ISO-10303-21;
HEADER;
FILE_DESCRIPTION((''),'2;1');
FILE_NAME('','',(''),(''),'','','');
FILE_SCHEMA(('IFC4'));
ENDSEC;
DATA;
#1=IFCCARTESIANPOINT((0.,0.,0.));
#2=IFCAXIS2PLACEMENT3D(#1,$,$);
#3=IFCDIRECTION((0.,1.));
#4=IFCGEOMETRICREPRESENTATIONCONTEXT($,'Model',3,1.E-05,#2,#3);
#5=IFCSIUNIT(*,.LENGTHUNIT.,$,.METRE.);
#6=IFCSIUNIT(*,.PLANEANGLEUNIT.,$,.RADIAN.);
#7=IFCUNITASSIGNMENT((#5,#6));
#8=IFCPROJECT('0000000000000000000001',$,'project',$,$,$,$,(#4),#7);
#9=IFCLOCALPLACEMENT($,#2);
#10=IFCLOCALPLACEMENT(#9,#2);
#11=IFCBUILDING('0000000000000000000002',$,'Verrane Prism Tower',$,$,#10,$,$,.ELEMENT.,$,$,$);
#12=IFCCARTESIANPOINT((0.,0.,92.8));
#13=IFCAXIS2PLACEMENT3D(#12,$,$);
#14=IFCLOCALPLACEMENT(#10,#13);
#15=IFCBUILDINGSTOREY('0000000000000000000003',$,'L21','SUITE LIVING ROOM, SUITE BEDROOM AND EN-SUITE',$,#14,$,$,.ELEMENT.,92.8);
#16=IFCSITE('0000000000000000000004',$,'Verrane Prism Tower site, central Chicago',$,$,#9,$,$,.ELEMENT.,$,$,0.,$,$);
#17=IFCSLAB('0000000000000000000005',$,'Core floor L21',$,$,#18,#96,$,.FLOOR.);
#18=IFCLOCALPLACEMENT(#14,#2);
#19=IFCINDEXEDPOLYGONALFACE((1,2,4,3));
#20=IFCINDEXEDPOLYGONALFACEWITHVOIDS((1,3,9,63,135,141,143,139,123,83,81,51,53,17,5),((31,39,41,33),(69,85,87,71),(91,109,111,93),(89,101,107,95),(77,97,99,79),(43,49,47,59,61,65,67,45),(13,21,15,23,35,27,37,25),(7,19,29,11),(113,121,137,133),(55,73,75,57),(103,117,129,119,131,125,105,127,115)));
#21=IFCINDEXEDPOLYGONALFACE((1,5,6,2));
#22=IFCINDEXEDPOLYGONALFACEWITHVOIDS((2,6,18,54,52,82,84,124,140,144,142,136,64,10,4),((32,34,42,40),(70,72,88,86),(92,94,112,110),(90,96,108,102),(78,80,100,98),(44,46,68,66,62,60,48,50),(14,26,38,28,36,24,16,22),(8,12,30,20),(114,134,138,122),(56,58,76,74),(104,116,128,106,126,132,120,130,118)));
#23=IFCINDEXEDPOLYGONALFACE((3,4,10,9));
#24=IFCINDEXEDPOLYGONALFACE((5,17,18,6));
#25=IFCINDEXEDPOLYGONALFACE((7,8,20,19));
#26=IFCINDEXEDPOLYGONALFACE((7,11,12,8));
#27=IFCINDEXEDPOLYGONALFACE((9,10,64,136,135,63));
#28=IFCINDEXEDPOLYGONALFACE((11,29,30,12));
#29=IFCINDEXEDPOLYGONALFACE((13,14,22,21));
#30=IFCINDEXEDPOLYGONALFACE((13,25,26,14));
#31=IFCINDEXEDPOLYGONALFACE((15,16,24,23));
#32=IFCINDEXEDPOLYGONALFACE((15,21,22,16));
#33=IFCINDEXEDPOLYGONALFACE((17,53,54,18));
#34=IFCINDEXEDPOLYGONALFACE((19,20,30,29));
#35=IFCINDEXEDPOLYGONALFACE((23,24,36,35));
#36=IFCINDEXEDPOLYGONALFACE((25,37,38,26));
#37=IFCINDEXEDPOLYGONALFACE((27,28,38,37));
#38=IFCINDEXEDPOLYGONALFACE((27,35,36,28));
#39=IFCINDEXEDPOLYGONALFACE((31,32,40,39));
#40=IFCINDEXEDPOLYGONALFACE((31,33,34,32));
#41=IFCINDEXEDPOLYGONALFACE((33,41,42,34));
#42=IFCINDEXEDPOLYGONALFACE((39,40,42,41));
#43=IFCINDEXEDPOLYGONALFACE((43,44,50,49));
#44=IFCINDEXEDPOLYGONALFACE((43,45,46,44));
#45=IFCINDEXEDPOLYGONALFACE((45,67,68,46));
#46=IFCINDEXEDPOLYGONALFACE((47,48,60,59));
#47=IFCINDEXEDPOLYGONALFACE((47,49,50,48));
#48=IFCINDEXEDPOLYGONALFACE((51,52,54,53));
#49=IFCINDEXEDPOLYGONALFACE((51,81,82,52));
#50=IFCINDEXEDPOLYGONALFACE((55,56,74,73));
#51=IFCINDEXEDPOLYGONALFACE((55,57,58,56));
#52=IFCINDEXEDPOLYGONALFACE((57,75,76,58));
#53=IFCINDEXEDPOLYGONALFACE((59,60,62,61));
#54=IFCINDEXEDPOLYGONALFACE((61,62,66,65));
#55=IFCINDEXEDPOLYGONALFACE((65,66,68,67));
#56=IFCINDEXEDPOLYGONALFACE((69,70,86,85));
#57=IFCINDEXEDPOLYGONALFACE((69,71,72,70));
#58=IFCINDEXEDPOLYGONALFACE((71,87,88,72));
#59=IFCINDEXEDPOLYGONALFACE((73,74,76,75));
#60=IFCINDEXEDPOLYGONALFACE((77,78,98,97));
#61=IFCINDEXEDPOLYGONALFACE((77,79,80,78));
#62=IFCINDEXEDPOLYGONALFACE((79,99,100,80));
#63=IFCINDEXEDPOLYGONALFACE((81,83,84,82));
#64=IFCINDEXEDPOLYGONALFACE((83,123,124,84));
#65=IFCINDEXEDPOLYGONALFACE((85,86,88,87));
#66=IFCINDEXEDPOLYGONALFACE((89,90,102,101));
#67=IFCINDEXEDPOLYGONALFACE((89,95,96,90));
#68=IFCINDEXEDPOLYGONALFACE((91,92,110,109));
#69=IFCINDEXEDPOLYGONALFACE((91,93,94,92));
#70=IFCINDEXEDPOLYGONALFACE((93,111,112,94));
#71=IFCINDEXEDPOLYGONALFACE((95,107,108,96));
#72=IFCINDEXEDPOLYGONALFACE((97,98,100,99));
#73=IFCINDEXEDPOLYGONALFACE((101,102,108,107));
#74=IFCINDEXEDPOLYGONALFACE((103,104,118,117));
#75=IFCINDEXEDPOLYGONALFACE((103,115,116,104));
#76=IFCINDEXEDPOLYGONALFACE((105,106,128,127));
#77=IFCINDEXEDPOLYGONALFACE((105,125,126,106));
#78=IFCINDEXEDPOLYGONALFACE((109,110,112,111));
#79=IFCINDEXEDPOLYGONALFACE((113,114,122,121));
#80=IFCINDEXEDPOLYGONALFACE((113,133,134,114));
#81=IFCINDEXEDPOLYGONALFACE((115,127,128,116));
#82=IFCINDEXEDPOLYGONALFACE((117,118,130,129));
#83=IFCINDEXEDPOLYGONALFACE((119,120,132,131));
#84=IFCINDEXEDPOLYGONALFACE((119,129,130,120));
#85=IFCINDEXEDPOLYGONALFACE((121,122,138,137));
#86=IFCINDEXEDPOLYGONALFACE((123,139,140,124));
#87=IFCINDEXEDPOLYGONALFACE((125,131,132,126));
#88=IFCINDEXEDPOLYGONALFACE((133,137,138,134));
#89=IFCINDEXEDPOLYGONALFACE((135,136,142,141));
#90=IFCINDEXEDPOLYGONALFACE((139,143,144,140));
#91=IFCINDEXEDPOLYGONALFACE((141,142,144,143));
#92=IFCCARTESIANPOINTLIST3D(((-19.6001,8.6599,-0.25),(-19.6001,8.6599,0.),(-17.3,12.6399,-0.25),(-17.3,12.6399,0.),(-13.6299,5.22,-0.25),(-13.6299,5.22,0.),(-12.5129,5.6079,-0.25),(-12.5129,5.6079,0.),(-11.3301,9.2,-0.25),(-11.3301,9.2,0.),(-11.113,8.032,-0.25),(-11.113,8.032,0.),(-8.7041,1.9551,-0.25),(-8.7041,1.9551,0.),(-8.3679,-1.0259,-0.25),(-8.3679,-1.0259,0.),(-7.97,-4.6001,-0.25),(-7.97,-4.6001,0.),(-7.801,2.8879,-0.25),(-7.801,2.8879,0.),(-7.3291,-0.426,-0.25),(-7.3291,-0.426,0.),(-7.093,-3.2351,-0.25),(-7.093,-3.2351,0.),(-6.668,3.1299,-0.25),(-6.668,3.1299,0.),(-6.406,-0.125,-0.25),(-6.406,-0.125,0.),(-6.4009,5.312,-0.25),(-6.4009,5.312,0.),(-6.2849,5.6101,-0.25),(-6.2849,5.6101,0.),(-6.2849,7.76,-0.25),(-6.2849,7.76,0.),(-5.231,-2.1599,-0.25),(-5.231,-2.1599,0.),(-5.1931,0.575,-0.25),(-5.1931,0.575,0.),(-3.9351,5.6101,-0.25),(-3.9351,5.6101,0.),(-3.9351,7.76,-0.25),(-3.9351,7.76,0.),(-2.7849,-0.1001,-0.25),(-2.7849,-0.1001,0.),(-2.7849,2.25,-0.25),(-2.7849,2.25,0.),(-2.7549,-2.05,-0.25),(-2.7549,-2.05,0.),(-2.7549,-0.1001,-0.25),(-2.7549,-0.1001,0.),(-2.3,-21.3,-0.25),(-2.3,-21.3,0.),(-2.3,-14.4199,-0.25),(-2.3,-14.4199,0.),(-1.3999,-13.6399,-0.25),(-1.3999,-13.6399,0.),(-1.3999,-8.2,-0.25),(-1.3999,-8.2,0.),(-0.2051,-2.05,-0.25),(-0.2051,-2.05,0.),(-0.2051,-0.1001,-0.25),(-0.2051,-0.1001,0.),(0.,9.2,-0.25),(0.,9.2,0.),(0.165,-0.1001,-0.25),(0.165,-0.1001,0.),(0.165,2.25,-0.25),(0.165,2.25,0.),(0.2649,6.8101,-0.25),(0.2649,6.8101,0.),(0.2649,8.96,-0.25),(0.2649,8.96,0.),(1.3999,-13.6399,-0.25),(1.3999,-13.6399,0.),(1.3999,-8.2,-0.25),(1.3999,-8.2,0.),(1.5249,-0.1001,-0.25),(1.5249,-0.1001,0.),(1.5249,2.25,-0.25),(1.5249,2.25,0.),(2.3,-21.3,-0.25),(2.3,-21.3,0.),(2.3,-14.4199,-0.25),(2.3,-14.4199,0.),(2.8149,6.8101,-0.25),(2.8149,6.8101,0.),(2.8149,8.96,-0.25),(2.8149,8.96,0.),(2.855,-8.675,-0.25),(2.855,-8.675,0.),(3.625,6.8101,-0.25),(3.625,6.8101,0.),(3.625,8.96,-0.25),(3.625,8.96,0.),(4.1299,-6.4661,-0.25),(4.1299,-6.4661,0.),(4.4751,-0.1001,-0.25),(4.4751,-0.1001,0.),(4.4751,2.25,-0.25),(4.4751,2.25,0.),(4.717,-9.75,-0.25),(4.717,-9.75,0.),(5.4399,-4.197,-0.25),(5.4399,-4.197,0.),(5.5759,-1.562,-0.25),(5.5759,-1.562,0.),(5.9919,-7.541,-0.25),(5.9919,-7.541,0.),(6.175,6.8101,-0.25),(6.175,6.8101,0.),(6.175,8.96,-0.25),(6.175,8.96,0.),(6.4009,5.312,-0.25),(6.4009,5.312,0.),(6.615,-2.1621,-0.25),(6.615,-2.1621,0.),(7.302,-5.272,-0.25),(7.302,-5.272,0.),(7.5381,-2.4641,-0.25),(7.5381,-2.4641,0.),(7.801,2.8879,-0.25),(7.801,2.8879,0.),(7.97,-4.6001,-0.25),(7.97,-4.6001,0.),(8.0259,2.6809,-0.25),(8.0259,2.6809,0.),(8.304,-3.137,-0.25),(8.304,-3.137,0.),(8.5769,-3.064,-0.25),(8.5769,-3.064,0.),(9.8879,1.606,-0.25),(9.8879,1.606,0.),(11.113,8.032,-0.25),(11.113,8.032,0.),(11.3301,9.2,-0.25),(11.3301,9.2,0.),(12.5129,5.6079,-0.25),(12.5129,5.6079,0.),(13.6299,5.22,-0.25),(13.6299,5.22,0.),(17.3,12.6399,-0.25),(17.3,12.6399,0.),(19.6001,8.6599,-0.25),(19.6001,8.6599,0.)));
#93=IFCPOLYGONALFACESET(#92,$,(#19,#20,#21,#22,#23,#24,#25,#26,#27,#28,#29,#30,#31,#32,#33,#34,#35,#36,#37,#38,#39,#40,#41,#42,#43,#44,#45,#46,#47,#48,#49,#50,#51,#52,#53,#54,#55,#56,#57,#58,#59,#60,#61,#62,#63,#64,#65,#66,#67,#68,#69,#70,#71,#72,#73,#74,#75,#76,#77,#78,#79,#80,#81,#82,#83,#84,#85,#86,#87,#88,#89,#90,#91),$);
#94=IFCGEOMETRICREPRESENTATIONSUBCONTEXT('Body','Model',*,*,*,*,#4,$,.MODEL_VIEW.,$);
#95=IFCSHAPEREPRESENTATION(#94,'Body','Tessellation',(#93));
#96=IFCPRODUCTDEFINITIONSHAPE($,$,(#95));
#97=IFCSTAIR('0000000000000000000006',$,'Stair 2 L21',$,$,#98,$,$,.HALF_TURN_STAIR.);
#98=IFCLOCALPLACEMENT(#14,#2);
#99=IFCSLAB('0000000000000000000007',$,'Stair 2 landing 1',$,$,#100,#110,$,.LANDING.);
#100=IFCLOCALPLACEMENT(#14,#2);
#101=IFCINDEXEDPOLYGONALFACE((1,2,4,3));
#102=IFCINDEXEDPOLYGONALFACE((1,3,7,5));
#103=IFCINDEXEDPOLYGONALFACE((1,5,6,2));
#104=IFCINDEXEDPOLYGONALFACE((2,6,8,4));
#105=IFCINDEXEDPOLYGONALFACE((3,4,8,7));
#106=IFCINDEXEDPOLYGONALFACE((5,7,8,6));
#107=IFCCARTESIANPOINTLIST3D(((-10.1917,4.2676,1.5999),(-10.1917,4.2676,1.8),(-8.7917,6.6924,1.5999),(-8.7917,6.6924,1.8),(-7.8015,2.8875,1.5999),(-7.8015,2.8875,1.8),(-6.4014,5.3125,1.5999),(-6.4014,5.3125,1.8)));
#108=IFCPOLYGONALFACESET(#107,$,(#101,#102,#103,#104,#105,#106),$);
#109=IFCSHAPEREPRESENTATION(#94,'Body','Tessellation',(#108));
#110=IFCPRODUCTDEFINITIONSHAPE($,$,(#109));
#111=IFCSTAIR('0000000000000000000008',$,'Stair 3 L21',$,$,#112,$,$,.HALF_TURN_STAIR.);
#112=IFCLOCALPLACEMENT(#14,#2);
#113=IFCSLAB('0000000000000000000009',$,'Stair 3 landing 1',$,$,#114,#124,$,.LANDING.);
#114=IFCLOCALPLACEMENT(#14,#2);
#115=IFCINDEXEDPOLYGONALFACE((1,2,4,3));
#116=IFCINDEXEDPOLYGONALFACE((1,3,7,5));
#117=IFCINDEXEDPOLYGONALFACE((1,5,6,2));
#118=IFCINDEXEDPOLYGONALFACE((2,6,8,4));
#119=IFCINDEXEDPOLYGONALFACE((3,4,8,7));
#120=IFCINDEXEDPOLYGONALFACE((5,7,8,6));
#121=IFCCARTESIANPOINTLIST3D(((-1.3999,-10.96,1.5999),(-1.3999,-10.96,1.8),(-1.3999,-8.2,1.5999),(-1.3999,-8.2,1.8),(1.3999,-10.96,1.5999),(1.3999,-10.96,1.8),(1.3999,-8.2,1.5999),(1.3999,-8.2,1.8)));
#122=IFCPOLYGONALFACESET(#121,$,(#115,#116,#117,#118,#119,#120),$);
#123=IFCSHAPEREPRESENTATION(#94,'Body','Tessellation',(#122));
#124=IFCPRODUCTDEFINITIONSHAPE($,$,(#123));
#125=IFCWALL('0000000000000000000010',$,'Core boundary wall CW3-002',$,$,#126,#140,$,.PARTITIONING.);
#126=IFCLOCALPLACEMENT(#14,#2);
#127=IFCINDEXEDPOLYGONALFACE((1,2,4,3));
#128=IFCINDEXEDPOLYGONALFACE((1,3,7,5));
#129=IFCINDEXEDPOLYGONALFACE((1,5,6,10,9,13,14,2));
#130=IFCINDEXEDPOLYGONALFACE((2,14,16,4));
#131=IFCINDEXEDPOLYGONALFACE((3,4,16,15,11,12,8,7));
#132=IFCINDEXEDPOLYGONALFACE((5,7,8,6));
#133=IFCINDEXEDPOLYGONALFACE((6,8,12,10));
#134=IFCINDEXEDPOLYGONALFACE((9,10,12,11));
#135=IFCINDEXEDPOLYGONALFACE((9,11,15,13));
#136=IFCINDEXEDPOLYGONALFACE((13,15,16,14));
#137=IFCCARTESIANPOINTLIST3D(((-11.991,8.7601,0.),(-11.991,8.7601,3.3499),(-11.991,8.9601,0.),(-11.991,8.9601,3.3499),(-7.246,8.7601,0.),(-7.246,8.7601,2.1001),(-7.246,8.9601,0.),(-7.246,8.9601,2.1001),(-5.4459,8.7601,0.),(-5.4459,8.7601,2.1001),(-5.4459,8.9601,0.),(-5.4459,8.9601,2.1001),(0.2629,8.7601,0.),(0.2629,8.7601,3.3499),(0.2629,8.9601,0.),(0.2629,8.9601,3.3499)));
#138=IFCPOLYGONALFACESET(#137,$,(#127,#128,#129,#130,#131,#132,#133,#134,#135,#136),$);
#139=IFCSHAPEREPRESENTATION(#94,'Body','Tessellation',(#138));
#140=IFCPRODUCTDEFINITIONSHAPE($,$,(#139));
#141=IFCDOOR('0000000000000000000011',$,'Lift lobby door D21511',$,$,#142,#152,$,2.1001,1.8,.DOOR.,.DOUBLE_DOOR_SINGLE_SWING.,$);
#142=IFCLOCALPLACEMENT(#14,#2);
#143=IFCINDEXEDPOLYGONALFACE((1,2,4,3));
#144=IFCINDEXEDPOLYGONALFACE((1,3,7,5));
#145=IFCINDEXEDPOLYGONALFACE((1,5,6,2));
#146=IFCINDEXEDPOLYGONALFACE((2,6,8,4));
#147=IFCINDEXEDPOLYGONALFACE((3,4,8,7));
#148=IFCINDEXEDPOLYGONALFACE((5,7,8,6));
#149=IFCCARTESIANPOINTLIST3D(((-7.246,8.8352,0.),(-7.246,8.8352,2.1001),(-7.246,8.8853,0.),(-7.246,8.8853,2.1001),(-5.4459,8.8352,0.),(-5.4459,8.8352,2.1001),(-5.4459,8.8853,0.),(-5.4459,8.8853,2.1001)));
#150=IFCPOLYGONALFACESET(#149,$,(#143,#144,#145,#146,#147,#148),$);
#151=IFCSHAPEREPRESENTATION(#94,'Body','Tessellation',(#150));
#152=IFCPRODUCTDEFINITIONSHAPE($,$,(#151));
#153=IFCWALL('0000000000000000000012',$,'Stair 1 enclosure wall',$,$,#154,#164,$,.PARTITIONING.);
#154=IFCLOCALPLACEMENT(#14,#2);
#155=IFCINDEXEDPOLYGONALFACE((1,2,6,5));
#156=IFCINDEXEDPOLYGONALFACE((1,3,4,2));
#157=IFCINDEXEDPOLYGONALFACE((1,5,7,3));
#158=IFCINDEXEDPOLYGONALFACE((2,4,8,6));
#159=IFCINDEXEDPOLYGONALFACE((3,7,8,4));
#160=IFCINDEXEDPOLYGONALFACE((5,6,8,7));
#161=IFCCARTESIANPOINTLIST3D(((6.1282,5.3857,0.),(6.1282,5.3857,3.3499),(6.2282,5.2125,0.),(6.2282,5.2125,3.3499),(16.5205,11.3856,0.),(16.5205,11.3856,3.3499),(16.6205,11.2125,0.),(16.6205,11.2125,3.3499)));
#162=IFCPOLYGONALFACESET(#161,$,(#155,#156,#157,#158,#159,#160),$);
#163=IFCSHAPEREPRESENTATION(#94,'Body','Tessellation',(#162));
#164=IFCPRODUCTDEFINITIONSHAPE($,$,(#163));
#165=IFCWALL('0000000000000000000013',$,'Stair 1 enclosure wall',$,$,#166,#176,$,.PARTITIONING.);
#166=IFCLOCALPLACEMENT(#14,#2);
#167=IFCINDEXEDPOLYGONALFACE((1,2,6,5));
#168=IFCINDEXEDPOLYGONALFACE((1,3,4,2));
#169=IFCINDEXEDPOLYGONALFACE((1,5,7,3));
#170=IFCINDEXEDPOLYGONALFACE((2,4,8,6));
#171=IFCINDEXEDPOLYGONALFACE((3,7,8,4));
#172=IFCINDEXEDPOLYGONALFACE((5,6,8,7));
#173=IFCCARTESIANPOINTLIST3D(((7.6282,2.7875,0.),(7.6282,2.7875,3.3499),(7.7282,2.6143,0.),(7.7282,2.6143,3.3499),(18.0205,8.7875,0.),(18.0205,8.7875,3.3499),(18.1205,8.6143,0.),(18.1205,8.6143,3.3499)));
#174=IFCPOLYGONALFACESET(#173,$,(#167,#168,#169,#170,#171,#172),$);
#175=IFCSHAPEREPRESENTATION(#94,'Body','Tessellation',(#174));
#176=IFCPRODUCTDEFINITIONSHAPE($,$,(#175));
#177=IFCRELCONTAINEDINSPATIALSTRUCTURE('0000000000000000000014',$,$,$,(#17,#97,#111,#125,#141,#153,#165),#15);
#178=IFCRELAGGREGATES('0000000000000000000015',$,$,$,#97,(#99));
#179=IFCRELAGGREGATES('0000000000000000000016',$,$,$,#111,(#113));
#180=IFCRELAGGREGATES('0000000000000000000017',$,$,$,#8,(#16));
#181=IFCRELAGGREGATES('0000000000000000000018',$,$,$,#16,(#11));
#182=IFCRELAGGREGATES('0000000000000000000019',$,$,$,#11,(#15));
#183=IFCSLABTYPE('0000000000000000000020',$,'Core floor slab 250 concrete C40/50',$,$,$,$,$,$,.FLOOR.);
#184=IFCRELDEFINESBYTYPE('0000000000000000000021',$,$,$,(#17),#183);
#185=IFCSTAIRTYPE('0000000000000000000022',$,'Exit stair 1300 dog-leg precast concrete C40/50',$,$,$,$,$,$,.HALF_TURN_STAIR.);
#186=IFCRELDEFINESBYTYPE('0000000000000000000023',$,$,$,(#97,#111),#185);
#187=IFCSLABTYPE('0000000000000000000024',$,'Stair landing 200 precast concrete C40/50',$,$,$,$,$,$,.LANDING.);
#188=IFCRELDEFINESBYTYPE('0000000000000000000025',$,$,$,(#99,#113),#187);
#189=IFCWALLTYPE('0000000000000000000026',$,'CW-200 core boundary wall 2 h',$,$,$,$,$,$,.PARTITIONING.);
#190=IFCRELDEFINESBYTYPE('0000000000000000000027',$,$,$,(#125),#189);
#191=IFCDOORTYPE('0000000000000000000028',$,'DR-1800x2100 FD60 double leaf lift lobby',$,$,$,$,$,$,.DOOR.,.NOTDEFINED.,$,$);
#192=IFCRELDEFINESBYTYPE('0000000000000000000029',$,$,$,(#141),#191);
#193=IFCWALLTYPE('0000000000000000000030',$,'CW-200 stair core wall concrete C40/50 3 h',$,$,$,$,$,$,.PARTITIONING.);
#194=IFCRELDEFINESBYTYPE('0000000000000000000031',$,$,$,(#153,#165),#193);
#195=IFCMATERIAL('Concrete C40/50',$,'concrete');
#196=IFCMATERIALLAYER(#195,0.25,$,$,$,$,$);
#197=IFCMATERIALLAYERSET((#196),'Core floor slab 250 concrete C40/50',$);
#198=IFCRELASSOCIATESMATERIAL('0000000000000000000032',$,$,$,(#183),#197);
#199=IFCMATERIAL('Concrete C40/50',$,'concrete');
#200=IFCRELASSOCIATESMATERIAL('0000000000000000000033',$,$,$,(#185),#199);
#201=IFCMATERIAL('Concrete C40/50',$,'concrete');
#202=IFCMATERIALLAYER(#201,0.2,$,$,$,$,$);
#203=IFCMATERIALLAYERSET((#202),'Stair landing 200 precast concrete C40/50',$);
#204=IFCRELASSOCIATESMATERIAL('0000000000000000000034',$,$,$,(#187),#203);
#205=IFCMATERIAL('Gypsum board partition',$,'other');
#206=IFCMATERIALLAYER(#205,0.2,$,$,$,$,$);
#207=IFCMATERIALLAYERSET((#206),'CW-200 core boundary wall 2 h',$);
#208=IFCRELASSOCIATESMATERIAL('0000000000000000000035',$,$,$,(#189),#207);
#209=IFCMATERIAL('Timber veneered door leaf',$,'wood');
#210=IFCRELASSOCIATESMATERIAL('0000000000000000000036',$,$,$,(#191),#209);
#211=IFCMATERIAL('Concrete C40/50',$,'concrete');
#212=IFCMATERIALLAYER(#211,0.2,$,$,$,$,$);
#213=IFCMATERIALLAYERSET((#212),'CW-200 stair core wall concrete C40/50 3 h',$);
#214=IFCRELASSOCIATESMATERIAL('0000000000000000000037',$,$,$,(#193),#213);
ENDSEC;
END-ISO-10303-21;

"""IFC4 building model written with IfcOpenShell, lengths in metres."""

from ifc_helpers import new_model, si_unit, direction, frame, frame_2d, origin, place, context, subcontext, project, spatial, polyline, rectangle, outline, extrude, material, layer, layer_set, type_object, element, fill, aggregate, save


model = new_model("IFC4")

# Units and contexts
model_context = context("Model", 3, precision=1e-05, world=origin(), true_north=direction((0.0, 1.0)))
body_context = subcontext(model_context, "Body", "Model", "MODEL_VIEW")
ifc_project = project(units=[si_unit("LENGTHUNIT", "METRE"), si_unit("PLANEANGLEUNIT", "RADIAN")], contexts=[model_context])

# Site, building, storey
site_placement = place(None, origin())
site = spatial("IfcSite", under=ifc_project, at=site_placement, Name="Verrane Prism Tower site, central Chicago", CompositionType="ELEMENT", RefElevation=0.0)
building_placement = place(site_placement, origin())
building = spatial("IfcBuilding", under=site, at=building_placement, Name="Verrane Prism Tower", CompositionType="ELEMENT")
storey_placement = place(building_placement, frame((0.0, 0.0, 92.8)))
storey = spatial("IfcBuildingStorey", under=building, at=storey_placement, Name="L21", Description="SUITE LIVING ROOM, SUITE BEDROOM AND EN-SUITE", CompositionType="ELEMENT", Elevation=92.8)

# Slab
ifc_material_1 = material(Name="Concrete C40/50", Category="concrete")
ifc_layer_1 = layer(ifc_material_1, 0.25)
ifc_layer_set_1 = layer_set([ifc_layer_1], Name="Core floor slab 250 concrete C40/50")
slab_type_1 = type_object("IfcSlabType", Name="Core floor slab 250 concrete C40/50", PredefinedType="FLOOR", material=ifc_layer_set_1)
slab_1_placement = place(storey_placement, frame((0.0, 0.0, -0.25)))
element("IfcSlab", 1, at=slab_1_placement, inside=storey, type_object=slab_type_1, Name="Core floor L21", PredefinedType="FLOOR", context=body_context, shape_type="SweptSolid", body=[
    extrude(outline(polyline([(13.6299, 5.22), (19.6001, 8.6599), (17.3, 12.6399), (11.3301, 9.2), (0.0, 9.2), (-11.3301, 9.2), (-17.3, 12.6399), (-19.6001, 8.6599), (-13.6299, 5.22), (-7.97, -4.6001), (-2.3, -14.4199), (-2.3, -21.3), (2.3, -21.3), (2.3, -14.4199), (7.97, -4.6001), (13.6299, 5.22)]), holes=[polyline([(1.3999, -8.2), (1.3999, -13.6399), (-1.3999, -13.6399), (-1.3999, -8.2), (1.3999, -8.2)]), polyline([(0.165, 2.25), (0.165, -0.1001), (-0.2051, -0.1001), (-0.2051, -2.05), (-2.7549, -2.05), (-2.7549, -0.1001), (-2.7849, -0.1001), (-2.7849, 2.25), (0.165, 2.25)]), polyline([(-7.801, 2.8879), (-12.5129, 5.6079), (-11.113, 8.032), (-6.4009, 5.312), (-7.801, 2.8879)]), polyline([(-6.2849, 5.6101), (-6.2849, 7.76), (-3.9351, 7.76), (-3.9351, 5.6101), (-6.2849, 5.6101)]), polyline([(2.8149, 6.8101), (0.2649, 6.8101), (0.2649, 8.96), (2.8149, 8.96), (2.8149, 6.8101)]), polyline([(4.717, -9.75), (2.855, -8.675), (4.1299, -6.4661), (5.9919, -7.541), (4.717, -9.75)]), polyline([(8.304, -3.137), (5.5759, -1.562), (8.0259, 2.6809), (9.8879, 1.606), (7.5381, -2.4641), (8.5769, -3.064), (7.302, -5.272), (5.4399, -4.197), (6.615, -2.1621), (8.304, -3.137)]), polyline([(1.5249, -0.1001), (1.5249, 2.25), (4.4751, 2.25), (4.4751, -0.1001), (1.5249, -0.1001)]), polyline([(11.113, 8.032), (12.5129, 5.6079), (7.801, 2.8879), (6.4009, 5.312), (11.113, 8.032)]), polyline([(3.625, 6.8101), (3.625, 8.96), (6.175, 8.96), (6.175, 6.8101), (3.625, 6.8101)]), polyline([(-5.231, -2.1599), (-7.093, -3.2351), (-8.3679, -1.0259), (-7.3291, -0.426), (-8.7041, 1.9551), (-6.668, 3.1299), (-5.1931, 0.575), (-6.406, -0.125), (-5.231, -2.1599)])]), origin(), (0.0, 0.0, 1.0), 0.25),
])

# Stairs, slabs
ifc_material_2 = material(Name="Concrete C40/50", Category="concrete")
stair_type = type_object("IfcStairType", Name="Exit stair 1300 dog-leg precast concrete C40/50", PredefinedType="HALF_TURN_STAIR", material=ifc_material_2)
stair_1_placement = place(storey_placement, origin())
stair_1 = element("IfcStair", 2, at=stair_1_placement, inside=storey, type_object=stair_type, Name="Stair 2 L21", PredefinedType="HALF_TURN_STAIR")
ifc_material_3 = material(Name="Concrete C40/50", Category="concrete")
ifc_layer_2 = layer(ifc_material_3, 0.2)
ifc_layer_set_2 = layer_set([ifc_layer_2], Name="Stair landing 200 precast concrete C40/50")
slab_type_2 = type_object("IfcSlabType", Name="Stair landing 200 precast concrete C40/50", PredefinedType="LANDING", material=ifc_layer_set_2)
slab_2_placement = place(storey_placement, frame((0.0, 0.0, 1.5999)))
slab_2 = element("IfcSlab", 3, at=slab_2_placement, type_object=slab_type_2, Name="Stair 2 landing 1", PredefinedType="LANDING", context=body_context, shape_type="SweptSolid", body=[
    extrude(outline(polyline([(-10.1917, 4.2676), (-7.8015, 2.8875), (-6.4014, 5.3125), (-8.7917, 6.6924), (-10.1917, 4.2676)])), origin(), (0.0, 0.0, 1.0), 0.2002),
])
aggregate(stair_1, [slab_2])
stair_2_placement = place(storey_placement, origin())
stair_2 = element("IfcStair", 4, at=stair_2_placement, inside=storey, type_object=stair_type, Name="Stair 3 L21", PredefinedType="HALF_TURN_STAIR")
slab_3_placement = place(storey_placement, frame((0.0, 0.0, 1.5999)))
slab_3 = element("IfcSlab", 5, at=slab_3_placement, type_object=slab_type_2, Name="Stair 3 landing 1", PredefinedType="LANDING", context=body_context, shape_type="SweptSolid", body=[
    extrude(outline(polyline([(1.3999, -10.96), (1.3999, -8.2), (-1.3999, -8.2), (-1.3999, -10.96), (1.3999, -10.96)])), origin(), (0.0, 0.0, 1.0), 0.2002),
])
aggregate(stair_2, [slab_3])

# Wall, opening, door
ifc_material_4 = material(Name="Gypsum board partition", Category="other")
ifc_layer_3 = layer(ifc_material_4, 0.2)
ifc_layer_set_3 = layer_set([ifc_layer_3], Name="CW-200 core boundary wall 2 h")
wall_type_1 = type_object("IfcWallType", Name="CW-200 core boundary wall 2 h", PredefinedType="PARTITIONING", material=ifc_layer_set_3)
wall_1_placement = place(storey_placement, frame((0.2629, 8.8601, 0.0), z_axis=(0.0, 0.0, 1.0), x_axis=(-1.0, 0.0, 0.0)))
wall_1 = element("IfcWall", 6, at=wall_1_placement, inside=storey, type_object=wall_type_1, Name="Core boundary wall CW3-002", PredefinedType="PARTITIONING", context=body_context, shape_type="SweptSolid", body=[
    extrude(rectangle(XDim=12.2539, YDim=0.2, at=frame_2d((6.127, 0.0))), origin(), (0.0, 0.0, 1.0), 3.3499),
])
opening_1_placement = place(wall_1_placement, frame((5.709, 0.0, 0.0)))
opening_1 = element("IfcOpeningElement", 7, at=opening_1_placement, cuts=wall_1, PredefinedType="OPENING", context=body_context, shape_type="SweptSolid", body=[
    extrude(rectangle(XDim=1.8, YDim=2.1001, at=frame_2d((0.8999, 1.05))), frame((0.0, 0.1099, 0.0), z_axis=(0.0, -1.0, 0.0), x_axis=(1.0, 0.0, 0.0)), (0.0, 0.0, 1.0), 0.22),
])
ifc_material_5 = material(Name="Timber veneered door leaf", Category="wood")
door_type_1 = type_object("IfcDoorType", Name="DR-1800x2100 FD60 double leaf lift lobby", OperationType="NOTDEFINED", PredefinedType="DOOR", material=ifc_material_5)
door_1_placement = place(opening_1_placement, origin())
door_1 = element("IfcDoor", 8, at=door_1_placement, inside=storey, type_object=door_type_1, Name="Lift lobby door D21511", OperationType="DOUBLE_DOOR_SINGLE_SWING", OverallHeight=2.1001, OverallWidth=1.8, PredefinedType="DOOR", context=body_context, shape_type="SweptSolid", body=[
    extrude(rectangle(XDim=1.8, YDim=2.1001, at=frame_2d((0.8999, 1.05))), frame((0.0, 0.0249, 0.0), z_axis=(0.0, -1.0, 0.0), x_axis=(1.0, 0.0, 0.0)), (0.0, 0.0, 1.0), 0.05),
])
fill(opening_1, door_1)

# Walls
ifc_material_6 = material(Name="Concrete C40/50", Category="concrete")
ifc_layer_4 = layer(ifc_material_6, 0.2)
ifc_layer_set_4 = layer_set([ifc_layer_4], Name="CW-200 stair core wall concrete C40/50 3 h")
wall_type_2 = type_object("IfcWallType", Name="CW-200 stair core wall concrete C40/50 3 h", PredefinedType="PARTITIONING", material=ifc_layer_set_4)
for number, where, z_axis, x_axis, name in (
    (9, (6.1782, 5.2991, 0.0), (0.0, 0.0, 1.0), (0.866026, 0.499999, 0.0), "Stair 1 enclosure wall"),
    (10, (7.6782, 2.7009, 0.0), (0.0, 0.0, 1.0), (0.866026, 0.499999, 0.0), "Stair 1 enclosure wall"),
):
    element("IfcWall", number, at=place(storey_placement, frame(where, z_axis=z_axis, x_axis=x_axis)), inside=storey, type_object=wall_type_2, Name=name, PredefinedType="PARTITIONING", context=body_context, shape_type="SweptSolid", body=[
        extrude(rectangle(XDim=12.0, YDim=0.2, at=frame_2d((6.0, 0.0))), origin(), (0.0, 0.0, 1.0), 3.3499),
    ])

save(model, "model.ifc")
